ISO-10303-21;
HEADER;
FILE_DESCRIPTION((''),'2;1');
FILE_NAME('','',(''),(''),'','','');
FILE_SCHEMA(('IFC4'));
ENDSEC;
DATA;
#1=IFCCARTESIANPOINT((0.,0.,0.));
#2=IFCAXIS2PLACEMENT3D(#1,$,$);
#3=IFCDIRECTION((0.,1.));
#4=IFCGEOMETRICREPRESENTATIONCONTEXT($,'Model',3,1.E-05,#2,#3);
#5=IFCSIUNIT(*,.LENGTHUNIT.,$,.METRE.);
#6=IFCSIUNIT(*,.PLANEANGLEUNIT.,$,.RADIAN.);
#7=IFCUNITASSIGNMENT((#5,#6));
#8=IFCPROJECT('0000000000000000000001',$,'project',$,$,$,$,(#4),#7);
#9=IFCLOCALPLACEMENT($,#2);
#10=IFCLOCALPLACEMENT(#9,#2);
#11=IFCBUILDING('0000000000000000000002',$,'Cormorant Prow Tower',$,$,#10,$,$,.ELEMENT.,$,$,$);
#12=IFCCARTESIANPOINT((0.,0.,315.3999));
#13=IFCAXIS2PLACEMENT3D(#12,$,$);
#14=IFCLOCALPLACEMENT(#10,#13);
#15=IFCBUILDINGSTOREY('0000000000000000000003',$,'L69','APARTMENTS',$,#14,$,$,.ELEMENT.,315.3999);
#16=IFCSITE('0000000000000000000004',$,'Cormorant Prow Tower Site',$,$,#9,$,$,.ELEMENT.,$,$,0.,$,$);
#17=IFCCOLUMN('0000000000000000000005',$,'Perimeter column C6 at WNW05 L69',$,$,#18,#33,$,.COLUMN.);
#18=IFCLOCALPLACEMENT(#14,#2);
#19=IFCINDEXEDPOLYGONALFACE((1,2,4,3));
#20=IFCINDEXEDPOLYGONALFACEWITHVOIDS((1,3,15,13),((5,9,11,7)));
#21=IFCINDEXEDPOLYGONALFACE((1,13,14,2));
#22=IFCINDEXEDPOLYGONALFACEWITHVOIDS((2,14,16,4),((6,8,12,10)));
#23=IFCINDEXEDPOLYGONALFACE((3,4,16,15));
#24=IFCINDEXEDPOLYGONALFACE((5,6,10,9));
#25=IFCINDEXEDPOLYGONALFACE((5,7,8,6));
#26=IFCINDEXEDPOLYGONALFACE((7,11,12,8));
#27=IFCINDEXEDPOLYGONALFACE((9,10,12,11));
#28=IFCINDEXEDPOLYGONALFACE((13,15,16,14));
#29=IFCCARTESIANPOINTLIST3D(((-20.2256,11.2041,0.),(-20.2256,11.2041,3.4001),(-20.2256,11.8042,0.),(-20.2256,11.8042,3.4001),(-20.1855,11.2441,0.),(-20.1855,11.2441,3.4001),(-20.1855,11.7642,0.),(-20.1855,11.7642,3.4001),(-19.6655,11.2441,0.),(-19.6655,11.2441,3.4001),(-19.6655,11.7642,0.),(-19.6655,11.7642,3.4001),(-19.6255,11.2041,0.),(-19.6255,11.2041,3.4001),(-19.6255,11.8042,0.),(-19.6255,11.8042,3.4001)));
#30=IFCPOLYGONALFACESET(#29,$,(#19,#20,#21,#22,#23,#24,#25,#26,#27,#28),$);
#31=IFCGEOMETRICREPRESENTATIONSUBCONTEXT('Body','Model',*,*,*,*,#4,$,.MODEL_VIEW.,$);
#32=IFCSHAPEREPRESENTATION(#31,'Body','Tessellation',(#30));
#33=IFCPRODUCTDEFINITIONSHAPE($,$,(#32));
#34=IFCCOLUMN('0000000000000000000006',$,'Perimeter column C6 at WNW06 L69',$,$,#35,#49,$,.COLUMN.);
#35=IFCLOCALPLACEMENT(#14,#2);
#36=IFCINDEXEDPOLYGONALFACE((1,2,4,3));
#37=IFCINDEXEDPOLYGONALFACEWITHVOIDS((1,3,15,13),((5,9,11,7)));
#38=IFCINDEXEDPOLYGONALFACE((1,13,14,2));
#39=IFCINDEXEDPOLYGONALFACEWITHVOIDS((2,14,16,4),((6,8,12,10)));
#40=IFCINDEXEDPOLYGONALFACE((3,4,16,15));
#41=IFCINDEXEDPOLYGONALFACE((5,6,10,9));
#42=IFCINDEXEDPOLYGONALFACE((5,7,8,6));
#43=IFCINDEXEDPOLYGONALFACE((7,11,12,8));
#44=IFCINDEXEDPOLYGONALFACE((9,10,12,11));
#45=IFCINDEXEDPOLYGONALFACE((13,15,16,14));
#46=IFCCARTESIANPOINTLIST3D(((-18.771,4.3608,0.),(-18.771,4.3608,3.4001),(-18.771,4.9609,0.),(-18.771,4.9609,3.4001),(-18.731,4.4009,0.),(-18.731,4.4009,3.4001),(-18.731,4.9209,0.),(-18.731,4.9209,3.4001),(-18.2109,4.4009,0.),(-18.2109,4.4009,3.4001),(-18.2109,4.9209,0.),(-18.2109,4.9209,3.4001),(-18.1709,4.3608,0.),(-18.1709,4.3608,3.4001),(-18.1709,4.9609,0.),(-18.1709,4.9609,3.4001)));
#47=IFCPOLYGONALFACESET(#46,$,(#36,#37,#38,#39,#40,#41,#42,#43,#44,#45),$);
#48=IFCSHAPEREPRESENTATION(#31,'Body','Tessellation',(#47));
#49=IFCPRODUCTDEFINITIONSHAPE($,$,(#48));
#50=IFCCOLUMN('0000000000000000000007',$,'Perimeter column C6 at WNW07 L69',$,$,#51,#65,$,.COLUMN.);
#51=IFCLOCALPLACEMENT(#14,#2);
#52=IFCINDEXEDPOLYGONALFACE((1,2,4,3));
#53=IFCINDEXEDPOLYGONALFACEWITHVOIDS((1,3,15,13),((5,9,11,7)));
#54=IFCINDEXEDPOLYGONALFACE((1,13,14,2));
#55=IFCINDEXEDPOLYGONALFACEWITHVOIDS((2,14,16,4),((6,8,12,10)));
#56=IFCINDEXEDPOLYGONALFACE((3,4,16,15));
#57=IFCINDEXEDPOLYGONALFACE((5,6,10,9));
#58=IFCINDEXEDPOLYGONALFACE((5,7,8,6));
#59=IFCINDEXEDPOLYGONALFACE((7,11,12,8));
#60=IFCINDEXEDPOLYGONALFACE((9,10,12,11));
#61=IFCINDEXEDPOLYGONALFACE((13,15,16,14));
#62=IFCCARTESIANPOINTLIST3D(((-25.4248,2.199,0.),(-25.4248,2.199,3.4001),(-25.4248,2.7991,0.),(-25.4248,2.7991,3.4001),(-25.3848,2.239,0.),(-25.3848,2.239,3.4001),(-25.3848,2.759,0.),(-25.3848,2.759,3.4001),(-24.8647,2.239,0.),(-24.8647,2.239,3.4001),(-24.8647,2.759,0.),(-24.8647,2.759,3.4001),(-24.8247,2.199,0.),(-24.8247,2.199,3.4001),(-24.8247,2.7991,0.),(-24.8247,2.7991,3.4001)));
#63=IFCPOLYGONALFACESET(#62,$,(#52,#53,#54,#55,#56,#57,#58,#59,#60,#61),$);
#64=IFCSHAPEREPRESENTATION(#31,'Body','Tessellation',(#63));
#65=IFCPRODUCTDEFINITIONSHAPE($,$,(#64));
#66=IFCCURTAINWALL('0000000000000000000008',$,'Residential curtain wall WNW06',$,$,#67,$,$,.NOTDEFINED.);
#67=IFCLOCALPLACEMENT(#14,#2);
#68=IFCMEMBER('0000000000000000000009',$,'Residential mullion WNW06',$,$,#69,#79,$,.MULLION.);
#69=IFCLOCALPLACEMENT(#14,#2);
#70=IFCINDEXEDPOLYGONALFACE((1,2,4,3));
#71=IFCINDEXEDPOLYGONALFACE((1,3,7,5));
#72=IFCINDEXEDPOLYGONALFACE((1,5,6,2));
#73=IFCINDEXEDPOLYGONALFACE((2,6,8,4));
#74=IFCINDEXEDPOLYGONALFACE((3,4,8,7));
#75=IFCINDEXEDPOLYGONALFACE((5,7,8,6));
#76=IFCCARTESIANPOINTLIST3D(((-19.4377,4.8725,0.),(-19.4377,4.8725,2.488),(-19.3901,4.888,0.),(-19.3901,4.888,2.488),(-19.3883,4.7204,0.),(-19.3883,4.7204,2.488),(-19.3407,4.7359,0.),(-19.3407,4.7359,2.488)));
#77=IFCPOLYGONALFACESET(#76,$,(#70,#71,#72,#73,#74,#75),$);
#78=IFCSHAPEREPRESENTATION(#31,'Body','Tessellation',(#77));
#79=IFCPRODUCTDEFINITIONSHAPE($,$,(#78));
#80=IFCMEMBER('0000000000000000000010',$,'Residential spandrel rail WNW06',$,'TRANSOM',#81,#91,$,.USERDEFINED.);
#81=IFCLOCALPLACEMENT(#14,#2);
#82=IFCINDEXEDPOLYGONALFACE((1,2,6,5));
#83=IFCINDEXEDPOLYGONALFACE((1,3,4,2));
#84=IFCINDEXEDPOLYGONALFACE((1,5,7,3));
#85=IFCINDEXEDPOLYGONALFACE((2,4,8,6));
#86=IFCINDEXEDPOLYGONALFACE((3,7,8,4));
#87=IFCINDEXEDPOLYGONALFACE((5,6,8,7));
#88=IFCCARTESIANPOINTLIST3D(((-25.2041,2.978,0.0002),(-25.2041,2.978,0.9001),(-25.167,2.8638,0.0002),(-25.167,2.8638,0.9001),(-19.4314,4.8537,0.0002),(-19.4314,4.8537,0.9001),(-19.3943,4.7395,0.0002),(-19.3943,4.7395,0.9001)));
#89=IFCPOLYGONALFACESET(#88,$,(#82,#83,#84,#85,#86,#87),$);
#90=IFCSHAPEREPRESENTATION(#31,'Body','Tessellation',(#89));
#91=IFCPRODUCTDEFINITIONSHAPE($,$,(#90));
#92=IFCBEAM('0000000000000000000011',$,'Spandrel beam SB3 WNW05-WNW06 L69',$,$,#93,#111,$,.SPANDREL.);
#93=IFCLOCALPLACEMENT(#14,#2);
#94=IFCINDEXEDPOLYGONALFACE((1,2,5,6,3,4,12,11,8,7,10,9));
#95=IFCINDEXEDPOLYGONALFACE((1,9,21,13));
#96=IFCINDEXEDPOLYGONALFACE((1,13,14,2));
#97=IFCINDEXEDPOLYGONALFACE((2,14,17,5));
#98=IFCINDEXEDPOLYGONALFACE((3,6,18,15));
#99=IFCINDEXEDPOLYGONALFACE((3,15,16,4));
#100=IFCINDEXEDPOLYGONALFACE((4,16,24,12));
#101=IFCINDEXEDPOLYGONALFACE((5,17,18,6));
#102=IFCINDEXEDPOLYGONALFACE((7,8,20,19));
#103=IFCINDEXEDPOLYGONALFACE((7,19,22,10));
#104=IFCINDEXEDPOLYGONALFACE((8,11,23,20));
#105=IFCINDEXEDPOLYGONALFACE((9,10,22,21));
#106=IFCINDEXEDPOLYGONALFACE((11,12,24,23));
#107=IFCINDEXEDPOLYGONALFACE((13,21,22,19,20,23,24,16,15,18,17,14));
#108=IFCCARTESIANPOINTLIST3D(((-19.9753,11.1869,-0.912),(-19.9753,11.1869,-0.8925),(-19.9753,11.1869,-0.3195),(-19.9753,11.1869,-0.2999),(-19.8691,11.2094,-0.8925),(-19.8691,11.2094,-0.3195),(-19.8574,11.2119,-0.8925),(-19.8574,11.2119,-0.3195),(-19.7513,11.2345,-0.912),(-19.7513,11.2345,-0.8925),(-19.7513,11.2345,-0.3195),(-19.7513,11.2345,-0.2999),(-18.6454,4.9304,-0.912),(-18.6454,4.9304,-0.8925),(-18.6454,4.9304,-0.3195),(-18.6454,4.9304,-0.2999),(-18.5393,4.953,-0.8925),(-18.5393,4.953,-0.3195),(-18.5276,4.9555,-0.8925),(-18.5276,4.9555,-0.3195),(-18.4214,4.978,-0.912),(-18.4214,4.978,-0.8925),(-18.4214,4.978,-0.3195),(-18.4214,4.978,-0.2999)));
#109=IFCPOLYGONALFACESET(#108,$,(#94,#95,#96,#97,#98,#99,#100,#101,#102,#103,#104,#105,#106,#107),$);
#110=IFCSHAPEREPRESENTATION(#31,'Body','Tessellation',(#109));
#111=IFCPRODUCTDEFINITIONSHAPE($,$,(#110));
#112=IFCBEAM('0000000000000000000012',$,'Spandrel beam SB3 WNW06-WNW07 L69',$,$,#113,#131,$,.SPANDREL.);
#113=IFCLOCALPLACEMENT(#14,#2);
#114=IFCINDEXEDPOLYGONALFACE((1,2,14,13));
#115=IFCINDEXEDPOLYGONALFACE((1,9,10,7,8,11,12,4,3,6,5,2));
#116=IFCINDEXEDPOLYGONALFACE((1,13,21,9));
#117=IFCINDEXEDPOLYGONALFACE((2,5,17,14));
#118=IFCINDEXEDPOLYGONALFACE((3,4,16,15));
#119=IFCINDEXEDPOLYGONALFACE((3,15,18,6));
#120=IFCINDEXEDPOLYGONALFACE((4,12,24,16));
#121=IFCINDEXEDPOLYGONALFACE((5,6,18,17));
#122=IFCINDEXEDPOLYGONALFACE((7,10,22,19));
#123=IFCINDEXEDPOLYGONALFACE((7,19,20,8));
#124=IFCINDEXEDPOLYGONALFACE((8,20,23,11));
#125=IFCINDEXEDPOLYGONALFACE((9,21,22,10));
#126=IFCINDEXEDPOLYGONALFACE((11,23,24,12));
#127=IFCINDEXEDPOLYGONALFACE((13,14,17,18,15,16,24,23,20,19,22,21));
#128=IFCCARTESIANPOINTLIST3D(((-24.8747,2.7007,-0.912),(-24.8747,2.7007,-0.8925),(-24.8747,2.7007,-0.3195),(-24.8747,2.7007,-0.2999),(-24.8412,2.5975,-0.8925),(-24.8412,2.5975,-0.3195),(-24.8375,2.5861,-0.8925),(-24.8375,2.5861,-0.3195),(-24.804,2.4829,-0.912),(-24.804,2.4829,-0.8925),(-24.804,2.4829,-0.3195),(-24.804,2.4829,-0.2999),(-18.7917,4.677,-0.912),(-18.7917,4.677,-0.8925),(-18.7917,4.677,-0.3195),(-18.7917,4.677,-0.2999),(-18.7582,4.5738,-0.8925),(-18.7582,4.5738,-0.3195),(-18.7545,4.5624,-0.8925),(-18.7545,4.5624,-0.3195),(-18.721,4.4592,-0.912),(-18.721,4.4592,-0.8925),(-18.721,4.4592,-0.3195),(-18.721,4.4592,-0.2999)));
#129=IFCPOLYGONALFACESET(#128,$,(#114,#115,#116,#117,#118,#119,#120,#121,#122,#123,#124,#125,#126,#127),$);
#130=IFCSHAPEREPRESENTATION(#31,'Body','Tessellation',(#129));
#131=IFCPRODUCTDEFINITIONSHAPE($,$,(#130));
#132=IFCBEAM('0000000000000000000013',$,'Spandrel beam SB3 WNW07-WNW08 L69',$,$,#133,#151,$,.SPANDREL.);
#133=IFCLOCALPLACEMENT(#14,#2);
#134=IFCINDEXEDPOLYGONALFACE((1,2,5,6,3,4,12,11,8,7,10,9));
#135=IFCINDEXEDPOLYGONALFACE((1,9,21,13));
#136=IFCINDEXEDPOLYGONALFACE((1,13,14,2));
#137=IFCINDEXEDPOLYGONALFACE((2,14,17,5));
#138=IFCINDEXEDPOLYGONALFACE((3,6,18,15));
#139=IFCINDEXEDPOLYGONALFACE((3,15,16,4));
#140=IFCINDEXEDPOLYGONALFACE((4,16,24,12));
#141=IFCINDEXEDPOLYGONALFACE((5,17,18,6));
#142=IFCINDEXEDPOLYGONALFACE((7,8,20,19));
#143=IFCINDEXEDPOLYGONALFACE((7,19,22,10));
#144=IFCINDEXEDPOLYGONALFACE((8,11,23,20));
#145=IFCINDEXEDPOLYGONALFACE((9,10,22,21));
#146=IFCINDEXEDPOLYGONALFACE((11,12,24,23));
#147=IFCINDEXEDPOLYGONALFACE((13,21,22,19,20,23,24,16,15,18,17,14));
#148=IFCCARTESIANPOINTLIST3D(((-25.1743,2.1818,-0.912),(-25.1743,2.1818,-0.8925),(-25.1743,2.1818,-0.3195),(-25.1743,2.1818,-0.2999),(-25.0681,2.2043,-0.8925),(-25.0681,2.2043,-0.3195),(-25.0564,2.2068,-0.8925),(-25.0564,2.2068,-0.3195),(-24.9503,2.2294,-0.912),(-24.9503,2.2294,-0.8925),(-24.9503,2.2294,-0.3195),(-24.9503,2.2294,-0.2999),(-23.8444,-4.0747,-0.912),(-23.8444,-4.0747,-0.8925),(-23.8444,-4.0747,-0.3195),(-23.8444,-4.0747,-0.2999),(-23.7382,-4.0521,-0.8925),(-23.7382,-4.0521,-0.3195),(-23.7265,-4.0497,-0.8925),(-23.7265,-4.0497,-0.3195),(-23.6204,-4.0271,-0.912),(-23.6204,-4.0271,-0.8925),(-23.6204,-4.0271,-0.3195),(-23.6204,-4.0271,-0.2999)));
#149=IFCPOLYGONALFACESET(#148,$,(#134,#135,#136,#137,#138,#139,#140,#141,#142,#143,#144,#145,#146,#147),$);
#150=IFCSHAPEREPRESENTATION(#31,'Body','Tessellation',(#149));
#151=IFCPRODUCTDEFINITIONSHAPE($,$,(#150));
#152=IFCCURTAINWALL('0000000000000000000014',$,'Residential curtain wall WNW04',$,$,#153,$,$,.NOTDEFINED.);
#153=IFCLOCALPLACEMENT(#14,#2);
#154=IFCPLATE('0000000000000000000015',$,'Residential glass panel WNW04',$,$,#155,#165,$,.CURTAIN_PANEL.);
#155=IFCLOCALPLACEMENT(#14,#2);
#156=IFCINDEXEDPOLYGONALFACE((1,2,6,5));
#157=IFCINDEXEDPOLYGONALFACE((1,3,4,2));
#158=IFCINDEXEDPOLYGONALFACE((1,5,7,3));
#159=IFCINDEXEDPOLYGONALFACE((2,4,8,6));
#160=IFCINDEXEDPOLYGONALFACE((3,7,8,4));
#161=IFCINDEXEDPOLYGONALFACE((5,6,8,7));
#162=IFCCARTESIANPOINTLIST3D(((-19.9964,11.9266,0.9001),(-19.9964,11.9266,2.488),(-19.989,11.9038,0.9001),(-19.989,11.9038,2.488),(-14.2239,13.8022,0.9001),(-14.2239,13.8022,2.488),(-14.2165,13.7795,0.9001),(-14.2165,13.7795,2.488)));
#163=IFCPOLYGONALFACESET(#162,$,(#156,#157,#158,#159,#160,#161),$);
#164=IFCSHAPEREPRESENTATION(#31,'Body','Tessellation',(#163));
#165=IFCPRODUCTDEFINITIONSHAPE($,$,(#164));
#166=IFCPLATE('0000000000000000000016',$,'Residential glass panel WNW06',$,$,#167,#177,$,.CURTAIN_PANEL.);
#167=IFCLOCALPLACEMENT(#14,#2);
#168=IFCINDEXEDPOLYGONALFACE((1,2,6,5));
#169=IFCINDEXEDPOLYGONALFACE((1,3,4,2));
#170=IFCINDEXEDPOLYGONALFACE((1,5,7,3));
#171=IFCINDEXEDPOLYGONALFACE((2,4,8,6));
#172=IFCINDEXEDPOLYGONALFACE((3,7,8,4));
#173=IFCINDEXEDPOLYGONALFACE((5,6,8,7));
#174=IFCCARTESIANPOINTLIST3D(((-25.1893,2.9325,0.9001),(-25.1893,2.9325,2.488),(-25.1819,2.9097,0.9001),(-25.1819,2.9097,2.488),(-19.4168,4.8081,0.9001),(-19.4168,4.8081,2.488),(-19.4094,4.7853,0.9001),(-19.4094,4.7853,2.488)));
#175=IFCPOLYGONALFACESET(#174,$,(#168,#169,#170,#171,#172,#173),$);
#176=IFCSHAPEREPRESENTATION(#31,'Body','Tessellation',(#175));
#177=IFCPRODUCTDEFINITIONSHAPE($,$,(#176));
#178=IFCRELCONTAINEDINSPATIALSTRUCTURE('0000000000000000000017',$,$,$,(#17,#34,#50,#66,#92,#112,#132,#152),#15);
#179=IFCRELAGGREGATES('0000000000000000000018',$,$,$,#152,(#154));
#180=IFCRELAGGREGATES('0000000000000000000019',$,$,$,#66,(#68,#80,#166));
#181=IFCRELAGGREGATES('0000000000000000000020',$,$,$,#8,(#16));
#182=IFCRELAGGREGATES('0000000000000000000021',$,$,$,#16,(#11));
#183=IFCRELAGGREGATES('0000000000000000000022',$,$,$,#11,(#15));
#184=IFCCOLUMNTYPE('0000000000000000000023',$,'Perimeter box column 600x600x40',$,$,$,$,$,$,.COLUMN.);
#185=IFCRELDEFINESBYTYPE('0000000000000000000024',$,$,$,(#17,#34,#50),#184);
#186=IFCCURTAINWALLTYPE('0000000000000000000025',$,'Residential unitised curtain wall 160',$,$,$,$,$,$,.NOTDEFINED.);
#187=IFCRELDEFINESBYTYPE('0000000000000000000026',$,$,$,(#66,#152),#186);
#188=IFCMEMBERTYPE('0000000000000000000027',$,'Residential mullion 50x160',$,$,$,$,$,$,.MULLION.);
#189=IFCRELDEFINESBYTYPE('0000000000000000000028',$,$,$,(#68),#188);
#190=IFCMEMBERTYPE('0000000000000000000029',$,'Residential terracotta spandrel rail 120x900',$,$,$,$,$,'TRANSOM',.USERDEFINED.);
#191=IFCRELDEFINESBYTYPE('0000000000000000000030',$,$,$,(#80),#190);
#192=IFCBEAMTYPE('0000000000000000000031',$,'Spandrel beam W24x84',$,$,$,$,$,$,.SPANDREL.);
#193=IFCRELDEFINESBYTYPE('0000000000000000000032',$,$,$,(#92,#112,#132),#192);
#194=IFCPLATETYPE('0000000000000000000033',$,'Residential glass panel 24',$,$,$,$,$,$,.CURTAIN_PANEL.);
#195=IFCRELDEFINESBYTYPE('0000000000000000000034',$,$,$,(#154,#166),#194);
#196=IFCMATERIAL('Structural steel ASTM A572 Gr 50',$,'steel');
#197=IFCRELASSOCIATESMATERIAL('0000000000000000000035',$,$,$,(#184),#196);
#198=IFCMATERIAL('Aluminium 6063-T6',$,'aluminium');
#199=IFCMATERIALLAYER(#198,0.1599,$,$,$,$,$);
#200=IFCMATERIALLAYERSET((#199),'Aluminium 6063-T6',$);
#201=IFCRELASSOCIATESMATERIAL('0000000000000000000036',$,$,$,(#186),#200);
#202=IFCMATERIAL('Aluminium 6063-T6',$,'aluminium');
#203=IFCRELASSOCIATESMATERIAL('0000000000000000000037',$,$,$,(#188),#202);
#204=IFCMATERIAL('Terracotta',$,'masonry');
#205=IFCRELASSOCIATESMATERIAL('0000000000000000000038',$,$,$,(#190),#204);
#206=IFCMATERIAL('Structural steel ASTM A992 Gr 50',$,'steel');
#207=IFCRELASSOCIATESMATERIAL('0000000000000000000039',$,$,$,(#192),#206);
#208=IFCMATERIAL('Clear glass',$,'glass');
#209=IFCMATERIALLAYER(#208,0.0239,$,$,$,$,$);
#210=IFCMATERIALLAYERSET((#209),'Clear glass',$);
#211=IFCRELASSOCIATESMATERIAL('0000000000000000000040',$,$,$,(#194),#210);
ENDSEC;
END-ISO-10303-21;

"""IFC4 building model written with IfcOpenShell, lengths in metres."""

from ifc_helpers import new_model, si_unit, direction, frame, origin, origin_2d, place, context, subcontext, project, spatial, rectangle, hollow_rectangle, i_section, extrude, material, layer, layer_set, material_profile, profile_set, type_object, element, aggregate, save


model = new_model("IFC4")

# Units and contexts
model_context = context("Model", 3, precision=1e-05, world=origin(), true_north=direction((0.0, 1.0)))
body_context = subcontext(model_context, "Body", "Model", "MODEL_VIEW")
ifc_project = project(units=[si_unit("LENGTHUNIT", "METRE"), si_unit("PLANEANGLEUNIT", "RADIAN")], contexts=[model_context])

# Site, building, storey
site_placement = place(None, origin())
site = spatial("IfcSite", under=ifc_project, at=site_placement, Name="Cormorant Prow Tower Site", CompositionType="ELEMENT", RefElevation=0.0)
building_placement = place(site_placement, origin())
building = spatial("IfcBuilding", under=site, at=building_placement, Name="Cormorant Prow Tower", CompositionType="ELEMENT")
storey_placement = place(building_placement, frame((0.0, 0.0, 315.3999)))
storey = spatial("IfcBuildingStorey", under=building, at=storey_placement, Name="L69", Description="APARTMENTS", CompositionType="ELEMENT", Elevation=315.3999)

# Columns
ifc_material_1 = material(Name="Structural steel ASTM A572 Gr 50", Category="steel")
ifc_material_profile_1 = material_profile(ifc_material_1, hollow_rectangle(XDim=0.6001, YDim=0.6001, WallThickness=0.04, at=origin_2d()), Name="Box 600x600x40")
ifc_profile_set_1 = profile_set([ifc_material_profile_1], Name="Structural steel ASTM A572 Gr 50")
column_type = type_object("IfcColumnType", Name="Perimeter box column 600x600x40", PredefinedType="COLUMN", material=ifc_profile_set_1)
for number, where, z_axis, x_axis, name in (
    (1, (-19.9255, 11.5042, 0.0), (0.0, 0.0, 1.0), (1.0, 0.0, 0.0), "Perimeter column C6 at WNW05 L69"),
    (2, (-18.4709, 4.6609, 0.0), (0.0, 0.0, 1.0), (1.0, 0.0, 0.0), "Perimeter column C6 at WNW06 L69"),
    (3, (-25.1248, 2.499, 0.0), (0.0, 0.0, 1.0), (1.0, 0.0, 0.0), "Perimeter column C6 at WNW07 L69"),
):
    element("IfcColumn", number, at=place(storey_placement, frame(where, z_axis=z_axis, x_axis=x_axis)), inside=storey, type_object=column_type, Name=name, PredefinedType="COLUMN", context=body_context, shape_type="SweptSolid", body=[
        extrude(hollow_rectangle(XDim=0.6001, YDim=0.6001, WallThickness=0.04, at=origin_2d()), origin(), (0.0, 0.0, 1.0), 3.4001),
    ])

# Curtain wall, members
ifc_material_2 = material(Name="Aluminium 6063-T6", Category="aluminium")
ifc_layer_1 = layer(ifc_material_2, 0.1599)
ifc_layer_set_1 = layer_set([ifc_layer_1], Name="Aluminium 6063-T6")
curtain_wall_type = type_object("IfcCurtainWallType", Name="Residential unitised curtain wall 160", PredefinedType="NOTDEFINED", material=ifc_layer_set_1)
curtain_wall_1_placement = place(storey_placement, origin())
curtain_wall_1 = element("IfcCurtainWall", 4, at=curtain_wall_1_placement, inside=storey, type_object=curtain_wall_type, Name="Residential curtain wall WNW06", PredefinedType="NOTDEFINED")
ifc_material_3 = material(Name="Aluminium 6063-T6", Category="aluminium")
ifc_material_profile_2 = material_profile(ifc_material_3, rectangle(XDim=0.1599, YDim=0.05, at=origin_2d()), Name="Residential mullion 50x160")
ifc_profile_set_2 = profile_set([ifc_material_profile_2], Name="Aluminium 6063-T6")
member_type_1 = type_object("IfcMemberType", Name="Residential mullion 50x160", PredefinedType="MULLION", material=ifc_profile_set_2)
member_1_placement = place(storey_placement, frame((-19.3892, 4.8042, 0.0), z_axis=(0.0, 0.0, 1.0), x_axis=(0.309017, -0.951057, 0.0)))
member_1 = element("IfcMember", 5, at=member_1_placement, type_object=member_type_1, Name="Residential mullion WNW06", PredefinedType="MULLION", context=body_context, shape_type="SweptSolid", body=[
    extrude(rectangle(XDim=0.1599, YDim=0.05, at=origin_2d()), origin(), (0.0, 0.0, 1.0), 2.488),
])
ifc_material_4 = material(Name="Terracotta", Category="masonry")
ifc_material_profile_3 = material_profile(ifc_material_4, rectangle(XDim=0.1201, YDim=0.8999, at=origin_2d()), Name="Residential terracotta spandrel rail 120x900")
ifc_profile_set_3 = profile_set([ifc_material_profile_3], Name="Terracotta")
member_type_2 = type_object("IfcMemberType", Name="Residential terracotta spandrel rail 120x900", ElementType="TRANSOM", PredefinedType="USERDEFINED", material=ifc_profile_set_3)
member_2_placement = place(storey_placement, frame((-19.4128, 4.7966, 0.4502), z_axis=(-0.951053, -0.309027, 0.0), x_axis=(0.309027, -0.951053, 0.0)))
member_2 = element("IfcMember", 6, at=member_2_placement, type_object=member_type_2, Name="Residential spandrel rail WNW06", ObjectType="TRANSOM", PredefinedType="USERDEFINED", context=body_context, shape_type="SweptSolid", body=[
    extrude(rectangle(XDim=0.1201, YDim=0.8999, at=origin_2d()), origin(), (0.0, 0.0, 1.0), 6.0698),
])

# Beams
ifc_material_5 = material(Name="Structural steel ASTM A992 Gr 50", Category="steel")
ifc_material_profile_4 = material_profile(ifc_material_5, i_section(OverallWidth=0.229, OverallDepth=0.6121, WebThickness=0.012, FlangeThickness=0.0195, at=origin_2d()), Name="W24x84")
ifc_profile_set_4 = profile_set([ifc_material_profile_4], Name="Structural steel ASTM A992 Gr 50")
beam_type = type_object("IfcBeamType", Name="Spandrel beam W24x84", PredefinedType="SPANDREL", material=ifc_profile_set_4)
beam_1_placement = place(storey_placement, frame((-19.8633, 11.2107, -0.606), z_axis=(0.207913, -0.978147, 0.0), x_axis=(0.978147, 0.207913, 0.0)))
element("IfcBeam", 7, at=beam_1_placement, inside=storey, type_object=beam_type, Name="Spandrel beam SB3 WNW05-WNW06 L69", PredefinedType="SPANDREL", context=body_context, shape_type="SweptSolid", body=[
    extrude(i_section(OverallWidth=0.229, OverallDepth=0.6121, WebThickness=0.012, FlangeThickness=0.0195, at=origin_2d()), origin(), (0.0, 0.0, 1.0), 6.3962),
])
beam_2_placement = place(storey_placement, frame((-18.7563, 4.5681, -0.606), z_axis=(-0.951064, -0.308993, 0.0), x_axis=(0.308993, -0.951064, 0.0)))
element("IfcBeam", 8, at=beam_2_placement, inside=storey, type_object=beam_type, Name="Spandrel beam SB3 WNW06-WNW07 L69", PredefinedType="SPANDREL", context=body_context, shape_type="SweptSolid", body=[
    extrude(i_section(OverallWidth=0.229, OverallDepth=0.6121, WebThickness=0.012, FlangeThickness=0.0195, at=origin_2d()), origin(), (0.0, 0.0, 1.0), 6.396),
])
beam_3_placement = place(storey_placement, frame((-25.0623, 2.2056, -0.606), z_axis=(0.207913, -0.978147, 0.0), x_axis=(0.978147, 0.207913, 0.0)))
element("IfcBeam", 9, at=beam_3_placement, inside=storey, type_object=beam_type, Name="Spandrel beam SB3 WNW07-WNW08 L69", PredefinedType="SPANDREL", context=body_context, shape_type="SweptSolid", body=[
    extrude(i_section(OverallWidth=0.229, OverallDepth=0.6121, WebThickness=0.012, FlangeThickness=0.0195, at=origin_2d()), origin(), (0.0, 0.0, 1.0), 6.3962),
])

# Curtain wall, plate
curtain_wall_2_placement = place(storey_placement, origin())
curtain_wall_2 = element("IfcCurtainWall", 10, at=curtain_wall_2_placement, inside=storey, type_object=curtain_wall_type, Name="Residential curtain wall WNW04", PredefinedType="NOTDEFINED")
ifc_material_6 = material(Name="Clear glass", Category="glass")
ifc_layer_2 = layer(ifc_material_6, 0.0239)
ifc_layer_set_2 = layer_set([ifc_layer_2], Name="Clear glass")
plate_type = type_object("IfcPlateType", Name="Residential glass panel 24", PredefinedType="CURTAIN_PANEL", material=ifc_layer_set_2)
plate_1_placement = place(storey_placement, frame((-17.1064, 12.853, 0.9001), z_axis=(0.0, 0.0, 1.0), x_axis=(-0.951056, -0.309017, 0.0)))
plate_1 = element("IfcPlate", 11, at=plate_1_placement, type_object=plate_type, Name="Residential glass panel WNW04", PredefinedType="CURTAIN_PANEL", context=body_context, shape_type="SweptSolid", body=[
    extrude(rectangle(XDim=6.0696, YDim=0.0239, at=origin_2d()), origin(), (0.0, 0.0, 1.0), 1.5879),
])
aggregate(curtain_wall_2, [plate_1])

# Plate
plate_2_placement = place(storey_placement, frame((-22.2993, 3.8589, 0.9001), z_axis=(0.0, 0.0, 1.0), x_axis=(-0.951057, -0.309017, 0.0)))
plate_2 = element("IfcPlate", 12, at=plate_2_placement, type_object=plate_type, Name="Residential glass panel WNW06", PredefinedType="CURTAIN_PANEL", context=body_context, shape_type="SweptSolid", body=[
    extrude(rectangle(XDim=6.0696, YDim=0.0239, at=origin_2d()), origin(), (0.0, 0.0, 1.0), 1.5879),
])
aggregate(curtain_wall_1, [member_1, member_2, plate_2])

save(model, "model.ifc")
